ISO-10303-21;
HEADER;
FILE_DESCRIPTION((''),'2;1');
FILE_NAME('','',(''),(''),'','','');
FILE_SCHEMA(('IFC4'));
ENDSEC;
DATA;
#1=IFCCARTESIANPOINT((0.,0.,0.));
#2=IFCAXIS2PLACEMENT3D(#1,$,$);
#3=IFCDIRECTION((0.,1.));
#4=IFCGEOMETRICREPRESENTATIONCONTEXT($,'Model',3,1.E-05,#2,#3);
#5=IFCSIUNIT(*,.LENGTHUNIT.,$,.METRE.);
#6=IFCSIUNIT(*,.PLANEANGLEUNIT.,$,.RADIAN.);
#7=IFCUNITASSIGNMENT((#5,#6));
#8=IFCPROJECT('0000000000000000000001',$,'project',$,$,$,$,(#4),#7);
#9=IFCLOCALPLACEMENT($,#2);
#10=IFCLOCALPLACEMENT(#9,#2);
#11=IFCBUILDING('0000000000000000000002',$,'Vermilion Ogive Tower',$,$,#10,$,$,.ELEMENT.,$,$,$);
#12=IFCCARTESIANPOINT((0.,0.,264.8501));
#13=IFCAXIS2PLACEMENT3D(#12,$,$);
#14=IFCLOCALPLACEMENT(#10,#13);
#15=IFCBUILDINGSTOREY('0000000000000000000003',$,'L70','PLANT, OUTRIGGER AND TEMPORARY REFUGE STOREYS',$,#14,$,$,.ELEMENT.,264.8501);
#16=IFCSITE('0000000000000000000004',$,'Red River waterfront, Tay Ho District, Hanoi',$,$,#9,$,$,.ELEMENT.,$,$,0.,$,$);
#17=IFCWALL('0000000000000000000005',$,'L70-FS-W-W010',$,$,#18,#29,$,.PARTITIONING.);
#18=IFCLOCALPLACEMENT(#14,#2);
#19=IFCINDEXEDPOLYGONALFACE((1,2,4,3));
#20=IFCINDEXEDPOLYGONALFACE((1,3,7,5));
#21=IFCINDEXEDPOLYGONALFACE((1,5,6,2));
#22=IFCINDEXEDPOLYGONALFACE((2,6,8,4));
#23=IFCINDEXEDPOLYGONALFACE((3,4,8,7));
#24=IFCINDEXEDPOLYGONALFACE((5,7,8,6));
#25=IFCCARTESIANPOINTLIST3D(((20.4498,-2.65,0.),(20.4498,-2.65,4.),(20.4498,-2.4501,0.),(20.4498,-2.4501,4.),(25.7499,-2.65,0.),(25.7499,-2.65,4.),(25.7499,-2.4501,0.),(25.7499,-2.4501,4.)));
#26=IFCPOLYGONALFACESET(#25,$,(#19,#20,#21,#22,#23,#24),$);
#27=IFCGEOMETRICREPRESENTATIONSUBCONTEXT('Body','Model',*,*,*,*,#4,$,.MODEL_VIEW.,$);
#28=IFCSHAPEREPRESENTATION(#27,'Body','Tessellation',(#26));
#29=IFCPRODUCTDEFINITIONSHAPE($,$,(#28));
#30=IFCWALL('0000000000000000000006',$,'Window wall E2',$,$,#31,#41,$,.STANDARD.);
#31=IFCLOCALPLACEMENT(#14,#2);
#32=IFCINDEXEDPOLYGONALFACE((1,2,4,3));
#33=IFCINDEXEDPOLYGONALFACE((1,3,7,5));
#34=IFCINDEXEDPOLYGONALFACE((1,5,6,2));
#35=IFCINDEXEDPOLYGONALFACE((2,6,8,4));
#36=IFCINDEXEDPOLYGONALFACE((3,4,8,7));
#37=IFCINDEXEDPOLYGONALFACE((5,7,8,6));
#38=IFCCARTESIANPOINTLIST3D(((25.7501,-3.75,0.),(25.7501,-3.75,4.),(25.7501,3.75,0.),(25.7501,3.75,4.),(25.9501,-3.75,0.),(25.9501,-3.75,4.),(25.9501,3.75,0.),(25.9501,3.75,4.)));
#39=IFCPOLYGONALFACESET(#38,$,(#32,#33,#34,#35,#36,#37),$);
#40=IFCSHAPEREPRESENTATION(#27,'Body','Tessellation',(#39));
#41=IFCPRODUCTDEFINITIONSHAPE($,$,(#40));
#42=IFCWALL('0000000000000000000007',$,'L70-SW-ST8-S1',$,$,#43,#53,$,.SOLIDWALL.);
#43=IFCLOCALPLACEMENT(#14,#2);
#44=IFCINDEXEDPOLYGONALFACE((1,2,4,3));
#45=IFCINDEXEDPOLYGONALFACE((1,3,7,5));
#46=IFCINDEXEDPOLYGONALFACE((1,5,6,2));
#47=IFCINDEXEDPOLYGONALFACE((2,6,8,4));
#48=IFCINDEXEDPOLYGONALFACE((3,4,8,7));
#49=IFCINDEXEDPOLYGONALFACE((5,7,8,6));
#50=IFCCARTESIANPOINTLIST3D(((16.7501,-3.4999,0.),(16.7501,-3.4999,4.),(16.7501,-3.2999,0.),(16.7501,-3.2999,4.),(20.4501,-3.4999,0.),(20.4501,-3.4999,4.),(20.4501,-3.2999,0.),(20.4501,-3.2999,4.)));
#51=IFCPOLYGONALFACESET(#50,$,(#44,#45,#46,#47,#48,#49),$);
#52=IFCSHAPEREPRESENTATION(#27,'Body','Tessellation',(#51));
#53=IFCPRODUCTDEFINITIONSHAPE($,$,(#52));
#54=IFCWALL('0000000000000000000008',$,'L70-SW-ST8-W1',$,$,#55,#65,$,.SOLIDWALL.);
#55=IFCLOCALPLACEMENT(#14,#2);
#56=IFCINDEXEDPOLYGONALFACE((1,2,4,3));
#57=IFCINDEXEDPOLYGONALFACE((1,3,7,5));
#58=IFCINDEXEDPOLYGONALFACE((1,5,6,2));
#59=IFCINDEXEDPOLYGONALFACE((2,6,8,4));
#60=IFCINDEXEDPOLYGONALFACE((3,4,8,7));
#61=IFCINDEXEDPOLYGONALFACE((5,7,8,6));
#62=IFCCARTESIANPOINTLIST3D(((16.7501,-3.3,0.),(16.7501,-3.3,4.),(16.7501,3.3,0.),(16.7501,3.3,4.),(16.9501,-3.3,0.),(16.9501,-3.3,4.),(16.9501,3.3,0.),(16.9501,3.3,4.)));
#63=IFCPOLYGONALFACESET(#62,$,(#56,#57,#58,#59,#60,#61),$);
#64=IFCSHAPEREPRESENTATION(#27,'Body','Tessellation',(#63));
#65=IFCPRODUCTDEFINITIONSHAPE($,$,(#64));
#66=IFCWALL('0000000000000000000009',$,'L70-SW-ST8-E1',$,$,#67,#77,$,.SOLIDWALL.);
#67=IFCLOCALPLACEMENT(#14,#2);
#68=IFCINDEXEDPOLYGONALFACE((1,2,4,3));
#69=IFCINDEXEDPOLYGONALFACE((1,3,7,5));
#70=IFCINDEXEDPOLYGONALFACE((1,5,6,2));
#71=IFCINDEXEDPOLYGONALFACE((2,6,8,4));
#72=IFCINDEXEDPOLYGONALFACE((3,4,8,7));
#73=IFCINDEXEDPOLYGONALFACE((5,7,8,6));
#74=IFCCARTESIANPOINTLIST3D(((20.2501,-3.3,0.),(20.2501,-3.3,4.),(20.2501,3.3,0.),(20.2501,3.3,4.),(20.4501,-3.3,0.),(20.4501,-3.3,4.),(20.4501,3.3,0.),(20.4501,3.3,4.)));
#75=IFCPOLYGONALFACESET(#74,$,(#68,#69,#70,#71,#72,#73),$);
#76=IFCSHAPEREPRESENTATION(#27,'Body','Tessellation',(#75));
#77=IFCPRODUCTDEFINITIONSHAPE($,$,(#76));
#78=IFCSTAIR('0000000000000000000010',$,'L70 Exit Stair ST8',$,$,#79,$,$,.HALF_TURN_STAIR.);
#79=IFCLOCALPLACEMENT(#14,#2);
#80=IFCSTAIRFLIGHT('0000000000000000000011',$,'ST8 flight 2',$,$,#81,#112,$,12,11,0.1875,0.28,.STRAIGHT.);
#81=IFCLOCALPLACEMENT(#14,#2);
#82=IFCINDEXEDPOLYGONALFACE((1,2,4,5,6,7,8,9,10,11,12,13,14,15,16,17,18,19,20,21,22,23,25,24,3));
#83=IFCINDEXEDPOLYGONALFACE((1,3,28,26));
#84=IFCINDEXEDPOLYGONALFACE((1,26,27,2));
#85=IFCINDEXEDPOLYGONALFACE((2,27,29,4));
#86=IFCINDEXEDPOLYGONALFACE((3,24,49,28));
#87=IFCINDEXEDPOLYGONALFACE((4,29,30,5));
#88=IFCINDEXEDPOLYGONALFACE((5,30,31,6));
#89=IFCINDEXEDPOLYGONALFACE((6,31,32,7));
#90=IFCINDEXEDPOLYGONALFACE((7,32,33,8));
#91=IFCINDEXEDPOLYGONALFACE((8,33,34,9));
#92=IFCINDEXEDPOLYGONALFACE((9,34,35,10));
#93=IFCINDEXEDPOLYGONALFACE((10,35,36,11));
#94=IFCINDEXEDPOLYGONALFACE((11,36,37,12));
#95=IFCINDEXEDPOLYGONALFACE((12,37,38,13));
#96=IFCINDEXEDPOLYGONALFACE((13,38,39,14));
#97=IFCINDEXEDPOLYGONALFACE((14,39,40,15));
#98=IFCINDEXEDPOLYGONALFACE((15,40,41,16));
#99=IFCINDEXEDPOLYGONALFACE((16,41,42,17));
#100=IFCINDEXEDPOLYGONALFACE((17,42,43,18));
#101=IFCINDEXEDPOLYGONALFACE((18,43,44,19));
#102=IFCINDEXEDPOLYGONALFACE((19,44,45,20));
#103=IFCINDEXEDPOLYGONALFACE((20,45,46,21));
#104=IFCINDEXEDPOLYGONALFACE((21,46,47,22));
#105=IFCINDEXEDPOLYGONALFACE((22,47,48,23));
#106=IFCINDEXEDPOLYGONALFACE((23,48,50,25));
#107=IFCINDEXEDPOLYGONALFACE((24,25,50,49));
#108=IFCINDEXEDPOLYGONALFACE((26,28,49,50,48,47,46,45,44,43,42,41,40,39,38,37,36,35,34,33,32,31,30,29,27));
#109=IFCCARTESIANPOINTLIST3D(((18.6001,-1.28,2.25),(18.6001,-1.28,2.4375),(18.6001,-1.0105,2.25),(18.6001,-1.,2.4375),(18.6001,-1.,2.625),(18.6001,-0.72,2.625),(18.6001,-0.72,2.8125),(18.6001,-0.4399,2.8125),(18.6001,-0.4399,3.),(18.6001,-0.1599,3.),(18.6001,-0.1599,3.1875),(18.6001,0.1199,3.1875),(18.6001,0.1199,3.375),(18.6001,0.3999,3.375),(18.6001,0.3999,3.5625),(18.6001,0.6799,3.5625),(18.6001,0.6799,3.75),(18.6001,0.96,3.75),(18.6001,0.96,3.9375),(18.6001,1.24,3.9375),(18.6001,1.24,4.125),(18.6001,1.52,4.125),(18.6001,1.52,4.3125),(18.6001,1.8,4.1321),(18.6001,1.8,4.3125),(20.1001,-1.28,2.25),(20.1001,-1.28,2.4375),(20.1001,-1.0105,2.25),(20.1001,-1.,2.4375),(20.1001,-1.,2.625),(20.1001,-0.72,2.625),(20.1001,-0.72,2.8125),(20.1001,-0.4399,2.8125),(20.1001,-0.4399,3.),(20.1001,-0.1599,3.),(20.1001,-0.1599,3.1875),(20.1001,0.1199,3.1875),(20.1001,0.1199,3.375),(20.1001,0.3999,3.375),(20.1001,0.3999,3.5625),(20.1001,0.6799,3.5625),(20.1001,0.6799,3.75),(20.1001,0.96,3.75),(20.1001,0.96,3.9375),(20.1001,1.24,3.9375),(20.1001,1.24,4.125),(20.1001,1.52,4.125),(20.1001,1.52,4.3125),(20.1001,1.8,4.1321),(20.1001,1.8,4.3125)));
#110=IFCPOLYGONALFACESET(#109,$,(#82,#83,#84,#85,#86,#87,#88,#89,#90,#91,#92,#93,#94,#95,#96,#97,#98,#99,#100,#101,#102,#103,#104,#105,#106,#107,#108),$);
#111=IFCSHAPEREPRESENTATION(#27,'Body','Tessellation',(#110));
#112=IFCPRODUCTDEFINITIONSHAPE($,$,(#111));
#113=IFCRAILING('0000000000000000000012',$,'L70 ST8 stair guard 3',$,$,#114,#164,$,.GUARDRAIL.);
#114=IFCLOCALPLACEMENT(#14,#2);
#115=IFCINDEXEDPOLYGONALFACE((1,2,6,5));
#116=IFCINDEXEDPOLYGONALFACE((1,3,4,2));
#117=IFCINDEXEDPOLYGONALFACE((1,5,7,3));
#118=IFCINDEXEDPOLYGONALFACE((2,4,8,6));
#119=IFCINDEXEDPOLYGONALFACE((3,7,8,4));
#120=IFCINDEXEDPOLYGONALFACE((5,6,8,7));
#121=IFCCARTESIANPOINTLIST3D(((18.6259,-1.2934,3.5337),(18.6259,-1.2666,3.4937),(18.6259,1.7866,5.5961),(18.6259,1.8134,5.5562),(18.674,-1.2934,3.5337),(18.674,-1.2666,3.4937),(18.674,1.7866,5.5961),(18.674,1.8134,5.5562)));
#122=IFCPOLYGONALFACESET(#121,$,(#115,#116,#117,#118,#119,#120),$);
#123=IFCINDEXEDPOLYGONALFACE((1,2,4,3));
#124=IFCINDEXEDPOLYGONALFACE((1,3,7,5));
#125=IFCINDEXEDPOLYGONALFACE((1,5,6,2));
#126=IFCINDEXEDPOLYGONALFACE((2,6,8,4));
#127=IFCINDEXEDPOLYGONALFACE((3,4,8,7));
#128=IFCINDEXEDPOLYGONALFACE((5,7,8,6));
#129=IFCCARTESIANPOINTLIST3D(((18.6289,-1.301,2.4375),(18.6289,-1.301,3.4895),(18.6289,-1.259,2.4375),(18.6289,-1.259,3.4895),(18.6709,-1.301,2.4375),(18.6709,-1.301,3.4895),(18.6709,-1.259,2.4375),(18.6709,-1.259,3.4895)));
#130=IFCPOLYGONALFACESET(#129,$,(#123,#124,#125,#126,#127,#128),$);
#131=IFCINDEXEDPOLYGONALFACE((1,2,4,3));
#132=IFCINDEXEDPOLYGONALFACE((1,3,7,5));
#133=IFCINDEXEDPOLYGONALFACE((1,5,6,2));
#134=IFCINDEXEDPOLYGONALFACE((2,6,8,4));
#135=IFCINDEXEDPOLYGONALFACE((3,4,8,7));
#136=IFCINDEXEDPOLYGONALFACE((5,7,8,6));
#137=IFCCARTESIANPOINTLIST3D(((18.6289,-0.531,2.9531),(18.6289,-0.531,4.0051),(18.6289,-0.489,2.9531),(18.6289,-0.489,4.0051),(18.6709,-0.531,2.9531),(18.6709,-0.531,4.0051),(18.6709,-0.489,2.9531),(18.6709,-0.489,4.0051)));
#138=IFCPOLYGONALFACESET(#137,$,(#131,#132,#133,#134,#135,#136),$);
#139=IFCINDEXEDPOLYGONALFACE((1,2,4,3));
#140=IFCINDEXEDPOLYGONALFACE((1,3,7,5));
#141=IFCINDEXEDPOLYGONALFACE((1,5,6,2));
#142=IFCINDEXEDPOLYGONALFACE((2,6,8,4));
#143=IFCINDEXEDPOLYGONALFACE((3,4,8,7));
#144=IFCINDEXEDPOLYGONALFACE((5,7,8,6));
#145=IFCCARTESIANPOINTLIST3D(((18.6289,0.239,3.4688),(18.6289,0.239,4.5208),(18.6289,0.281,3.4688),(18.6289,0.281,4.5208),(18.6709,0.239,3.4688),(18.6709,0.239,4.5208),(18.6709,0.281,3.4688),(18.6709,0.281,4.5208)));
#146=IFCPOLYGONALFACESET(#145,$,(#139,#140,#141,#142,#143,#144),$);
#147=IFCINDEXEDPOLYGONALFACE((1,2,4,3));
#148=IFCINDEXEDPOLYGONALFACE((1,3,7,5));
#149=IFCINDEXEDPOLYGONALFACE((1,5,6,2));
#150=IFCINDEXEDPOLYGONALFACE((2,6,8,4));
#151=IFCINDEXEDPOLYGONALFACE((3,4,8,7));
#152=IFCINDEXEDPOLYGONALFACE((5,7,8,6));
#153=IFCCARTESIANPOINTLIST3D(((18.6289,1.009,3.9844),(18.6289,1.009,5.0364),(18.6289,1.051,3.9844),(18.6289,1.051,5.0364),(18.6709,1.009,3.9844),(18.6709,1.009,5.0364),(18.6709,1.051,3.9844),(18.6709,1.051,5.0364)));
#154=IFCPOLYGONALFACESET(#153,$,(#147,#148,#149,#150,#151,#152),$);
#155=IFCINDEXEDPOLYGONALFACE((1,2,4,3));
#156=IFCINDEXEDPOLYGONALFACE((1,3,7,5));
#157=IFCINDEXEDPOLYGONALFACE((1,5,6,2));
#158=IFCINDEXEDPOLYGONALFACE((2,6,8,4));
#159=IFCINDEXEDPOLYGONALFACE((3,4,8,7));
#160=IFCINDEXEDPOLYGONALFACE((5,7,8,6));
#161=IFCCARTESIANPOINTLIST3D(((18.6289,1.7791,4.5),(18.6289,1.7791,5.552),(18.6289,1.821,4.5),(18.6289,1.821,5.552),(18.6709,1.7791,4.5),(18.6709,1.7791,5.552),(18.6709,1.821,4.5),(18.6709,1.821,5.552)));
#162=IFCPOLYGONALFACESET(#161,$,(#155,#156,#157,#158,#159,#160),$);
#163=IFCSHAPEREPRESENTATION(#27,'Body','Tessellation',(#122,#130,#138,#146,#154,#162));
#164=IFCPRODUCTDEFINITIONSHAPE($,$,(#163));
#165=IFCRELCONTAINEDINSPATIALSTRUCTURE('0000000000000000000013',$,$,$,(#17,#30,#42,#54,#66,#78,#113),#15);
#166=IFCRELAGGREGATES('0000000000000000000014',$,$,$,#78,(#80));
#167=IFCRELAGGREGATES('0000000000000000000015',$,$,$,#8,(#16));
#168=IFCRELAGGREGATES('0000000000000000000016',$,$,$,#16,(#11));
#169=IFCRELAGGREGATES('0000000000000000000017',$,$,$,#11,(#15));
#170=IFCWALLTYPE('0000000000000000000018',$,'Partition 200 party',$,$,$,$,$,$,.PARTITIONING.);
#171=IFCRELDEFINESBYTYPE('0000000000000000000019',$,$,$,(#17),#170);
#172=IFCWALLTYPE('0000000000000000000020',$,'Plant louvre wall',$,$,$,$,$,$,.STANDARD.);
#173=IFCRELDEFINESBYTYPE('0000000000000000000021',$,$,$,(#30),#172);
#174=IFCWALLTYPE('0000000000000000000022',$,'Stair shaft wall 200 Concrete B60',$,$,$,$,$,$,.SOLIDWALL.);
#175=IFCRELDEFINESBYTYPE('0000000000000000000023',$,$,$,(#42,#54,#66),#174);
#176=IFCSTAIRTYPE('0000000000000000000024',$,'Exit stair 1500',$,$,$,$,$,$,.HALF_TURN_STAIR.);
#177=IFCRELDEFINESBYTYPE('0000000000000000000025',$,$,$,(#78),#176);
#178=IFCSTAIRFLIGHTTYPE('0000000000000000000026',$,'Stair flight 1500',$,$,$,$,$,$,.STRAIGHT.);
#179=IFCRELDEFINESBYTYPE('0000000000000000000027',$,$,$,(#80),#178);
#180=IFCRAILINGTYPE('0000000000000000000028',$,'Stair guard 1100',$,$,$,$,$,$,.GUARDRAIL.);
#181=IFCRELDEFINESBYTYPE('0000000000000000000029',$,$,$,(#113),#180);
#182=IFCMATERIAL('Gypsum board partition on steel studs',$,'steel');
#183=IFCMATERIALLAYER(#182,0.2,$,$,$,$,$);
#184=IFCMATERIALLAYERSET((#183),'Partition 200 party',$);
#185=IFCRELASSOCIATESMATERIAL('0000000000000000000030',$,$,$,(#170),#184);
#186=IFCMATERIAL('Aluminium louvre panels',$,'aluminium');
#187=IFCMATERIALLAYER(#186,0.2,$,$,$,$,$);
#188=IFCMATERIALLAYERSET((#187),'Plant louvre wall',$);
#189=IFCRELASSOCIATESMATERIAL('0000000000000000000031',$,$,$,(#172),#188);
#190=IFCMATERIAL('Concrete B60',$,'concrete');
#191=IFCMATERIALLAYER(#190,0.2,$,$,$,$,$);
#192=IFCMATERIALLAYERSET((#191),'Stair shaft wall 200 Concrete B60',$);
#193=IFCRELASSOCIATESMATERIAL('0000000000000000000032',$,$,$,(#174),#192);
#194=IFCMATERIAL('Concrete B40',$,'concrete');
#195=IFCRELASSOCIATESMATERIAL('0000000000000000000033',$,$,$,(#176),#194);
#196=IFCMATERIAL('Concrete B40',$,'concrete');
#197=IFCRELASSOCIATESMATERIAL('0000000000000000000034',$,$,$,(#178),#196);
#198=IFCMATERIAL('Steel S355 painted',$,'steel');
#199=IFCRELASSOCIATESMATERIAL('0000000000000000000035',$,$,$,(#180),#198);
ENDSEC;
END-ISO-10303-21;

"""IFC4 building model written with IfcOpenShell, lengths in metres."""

from ifc_helpers import new_model, si_unit, direction, frame, frame_2d, origin, origin_2d, place, context, subcontext, project, spatial, polyline, rectangle, outline, extrude, material, layer, layer_set, type_object, element, aggregate, save


model = new_model("IFC4")

# Units and contexts
model_context = context("Model", 3, precision=1e-05, world=origin(), true_north=direction((0.0, 1.0)))
body_context = subcontext(model_context, "Body", "Model", "MODEL_VIEW")
ifc_project = project(units=[si_unit("LENGTHUNIT", "METRE"), si_unit("PLANEANGLEUNIT", "RADIAN")], contexts=[model_context])

# Site, building, storey
site_placement = place(None, origin())
site = spatial("IfcSite", under=ifc_project, at=site_placement, Name="Red River waterfront, Tay Ho District, Hanoi", CompositionType="ELEMENT", RefElevation=0.0)
building_placement = place(site_placement, origin())
building = spatial("IfcBuilding", under=site, at=building_placement, Name="Vermilion Ogive Tower", CompositionType="ELEMENT")
storey_placement = place(building_placement, frame((0.0, 0.0, 264.8501)))
storey = spatial("IfcBuildingStorey", under=building, at=storey_placement, Name="L70", Description="PLANT, OUTRIGGER AND TEMPORARY REFUGE STOREYS", CompositionType="ELEMENT", Elevation=264.8501)

# Walls
ifc_material_1 = material(Name="Gypsum board partition on steel studs", Category="steel")
ifc_layer_1 = layer(ifc_material_1, 0.2)
ifc_layer_set_1 = layer_set([ifc_layer_1], Name="Partition 200 party")
wall_type_1 = type_object("IfcWallType", Name="Partition 200 party", PredefinedType="PARTITIONING", material=ifc_layer_set_1)
wall_1_placement = place(storey_placement, frame((20.45, -2.55, 0.0), z_axis=(0.0, 0.0, 1.0), x_axis=(1.0, 0.0, 0.0)))
element("IfcWall", 1, at=wall_1_placement, inside=storey, type_object=wall_type_1, Name="L70-FS-W-W010", PredefinedType="PARTITIONING", context=body_context, shape_type="SweptSolid", body=[
    extrude(rectangle(XDim=5.3, YDim=0.2, at=frame_2d((2.6499, 0.0))), origin(), (0.0, 0.0, 1.0), 4.0),
])
ifc_material_2 = material(Name="Aluminium louvre panels", Category="aluminium")
ifc_layer_2 = layer(ifc_material_2, 0.2)
ifc_layer_set_2 = layer_set([ifc_layer_2], Name="Plant louvre wall")
wall_type_2 = type_object("IfcWallType", Name="Plant louvre wall", PredefinedType="STANDARD", material=ifc_layer_set_2)
wall_2_placement = place(storey_placement, frame((25.8501, -3.75, 0.0), z_axis=(0.0, 0.0, 1.0), x_axis=(0.0, 1.0, 0.0)))
element("IfcWall", 2, at=wall_2_placement, inside=storey, type_object=wall_type_2, Name="Window wall E2", PredefinedType="STANDARD", context=body_context, shape_type="SweptSolid", body=[
    extrude(rectangle(XDim=7.5, YDim=0.2, at=frame_2d((3.75, 0.0))), origin(), (0.0, 0.0, 1.0), 4.0),
])
ifc_material_3 = material(Name="Concrete B60", Category="concrete")
ifc_layer_3 = layer(ifc_material_3, 0.2)
ifc_layer_set_3 = layer_set([ifc_layer_3], Name="Stair shaft wall 200 Concrete B60")
wall_type_3 = type_object("IfcWallType", Name="Stair shaft wall 200 Concrete B60", PredefinedType="SOLIDWALL", material=ifc_layer_set_3)
wall_3_placement = place(storey_placement, frame((16.75, -3.3999, 0.0), z_axis=(0.0, 0.0, 1.0), x_axis=(1.0, 0.0, 0.0)))
element("IfcWall", 3, at=wall_3_placement, inside=storey, type_object=wall_type_3, Name="L70-SW-ST8-S1", PredefinedType="SOLIDWALL", context=body_context, shape_type="SweptSolid", body=[
    extrude(rectangle(XDim=3.7, YDim=0.2, at=frame_2d((1.8501, 0.0))), origin(), (0.0, 0.0, 1.0), 4.0),
])
for number, where, z_axis, x_axis, name in (
    (4, (16.8501, -3.3, 0.0), (0.0, 0.0, 1.0), (0.0, 1.0, 0.0), "L70-SW-ST8-W1"),
    (5, (20.3501, -3.3, 0.0), (0.0, 0.0, 1.0), (0.0, 1.0, 0.0), "L70-SW-ST8-E1"),
):
    element("IfcWall", number, at=place(storey_placement, frame(where, z_axis=z_axis, x_axis=x_axis)), inside=storey, type_object=wall_type_3, Name=name, PredefinedType="SOLIDWALL", context=body_context, shape_type="SweptSolid", body=[
        extrude(rectangle(XDim=6.6001, YDim=0.2, at=frame_2d((3.3, 0.0))), origin(), (0.0, 0.0, 1.0), 4.0),
    ])

# Stair, stair flight
ifc_material_4 = material(Name="Concrete B40", Category="concrete")
stair_type = type_object("IfcStairType", Name="Exit stair 1500", PredefinedType="HALF_TURN_STAIR", material=ifc_material_4)
stair_placement = place(storey_placement, origin())
stair = element("IfcStair", 6, at=stair_placement, inside=storey, type_object=stair_type, Name="L70 Exit Stair ST8", PredefinedType="HALF_TURN_STAIR")
ifc_material_5 = material(Name="Concrete B40", Category="concrete")
stair_flight_type = type_object("IfcStairFlightType", Name="Stair flight 1500", PredefinedType="STRAIGHT", material=ifc_material_5)
stair_flight_placement = place(storey_placement, frame((19.3501, -1.28, 2.25), z_axis=(0.0, 0.0, 1.0), x_axis=(0.0, 1.0, 0.0)))
stair_flight = element("IfcStairFlight", 7, at=stair_flight_placement, type_object=stair_flight_type, Name="ST8 flight 2", NumberOfRisers=12, NumberOfTreads=11, PredefinedType="STRAIGHT", RiserHeight=0.1875, TreadLength=0.28, context=body_context, shape_type="SweptSolid", body=[
    extrude(outline(polyline([(0.0, 0.0), (0.0, 0.1875), (0.28, 0.1875), (0.28, 0.375), (0.5601, 0.375), (0.5601, 0.5625), (0.8401, 0.5625), (0.8401, 0.75), (1.1201, 0.75), (1.1201, 0.9375), (1.3999, 0.9375), (1.3999, 1.125), (1.6799, 1.125), (1.6799, 1.3125), (1.96, 1.3125), (1.96, 1.5), (2.24, 1.5), (2.24, 1.6875), (2.52, 1.6875), (2.52, 1.875), (2.8, 1.875), (2.8, 2.0625), (3.0801, 2.0625), (3.0801, 2.25), (3.0801, 1.8821), (0.2695, 0.0), (0.0, 0.0)])), frame((0.0, 0.75, 0.0), z_axis=(0.0, -1.0, 0.0), x_axis=(1.0, 0.0, 0.0)), (0.0, 0.0, 1.0), 1.5),
])
aggregate(stair, [stair_flight])

# Railing
ifc_material_6 = material(Name="Steel S355 painted", Category="steel")
railing_type_1 = type_object("IfcRailingType", Name="Stair guard 1100", PredefinedType="GUARDRAIL", material=ifc_material_6)
railing_1_placement = place(storey_placement, frame((18.6499, -1.28, 2.4375)))
element("IfcRailing", 8, at=railing_1_placement, inside=storey, type_object=railing_type_1, Name="L70 ST8 stair guard 3", PredefinedType="GUARDRAIL", context=body_context, shape_type="SweptSolid", body=[
    extrude(rectangle(XDim=0.0481, YDim=0.0481, at=origin_2d()), frame((0.0, 0.0, 1.0762), z_axis=(0.0, 0.830914, 0.556401), x_axis=(-1.0, 0.0, 0.0)), (0.0, 0.0, 1.0), 3.7068),
    extrude(rectangle(XDim=0.042, YDim=0.042, at=origin_2d()), origin(), (0.0, 0.0, 1.0), 1.052),
    extrude(rectangle(XDim=0.042, YDim=0.042, at=origin_2d()), frame((0.0, 0.77, 0.5156)), (0.0, 0.0, 1.0), 1.052),
    extrude(rectangle(XDim=0.042, YDim=0.042, at=origin_2d()), frame((0.0, 1.54, 1.0312)), (0.0, 0.0, 1.0), 1.052),
    extrude(rectangle(XDim=0.042, YDim=0.042, at=origin_2d()), frame((0.0, 2.3101, 1.5469)), (0.0, 0.0, 1.0), 1.052),
    extrude(rectangle(XDim=0.042, YDim=0.042, at=origin_2d()), frame((0.0, 3.0801, 2.0625)), (0.0, 0.0, 1.0), 1.052),
])

save(model, "model.ifc")
